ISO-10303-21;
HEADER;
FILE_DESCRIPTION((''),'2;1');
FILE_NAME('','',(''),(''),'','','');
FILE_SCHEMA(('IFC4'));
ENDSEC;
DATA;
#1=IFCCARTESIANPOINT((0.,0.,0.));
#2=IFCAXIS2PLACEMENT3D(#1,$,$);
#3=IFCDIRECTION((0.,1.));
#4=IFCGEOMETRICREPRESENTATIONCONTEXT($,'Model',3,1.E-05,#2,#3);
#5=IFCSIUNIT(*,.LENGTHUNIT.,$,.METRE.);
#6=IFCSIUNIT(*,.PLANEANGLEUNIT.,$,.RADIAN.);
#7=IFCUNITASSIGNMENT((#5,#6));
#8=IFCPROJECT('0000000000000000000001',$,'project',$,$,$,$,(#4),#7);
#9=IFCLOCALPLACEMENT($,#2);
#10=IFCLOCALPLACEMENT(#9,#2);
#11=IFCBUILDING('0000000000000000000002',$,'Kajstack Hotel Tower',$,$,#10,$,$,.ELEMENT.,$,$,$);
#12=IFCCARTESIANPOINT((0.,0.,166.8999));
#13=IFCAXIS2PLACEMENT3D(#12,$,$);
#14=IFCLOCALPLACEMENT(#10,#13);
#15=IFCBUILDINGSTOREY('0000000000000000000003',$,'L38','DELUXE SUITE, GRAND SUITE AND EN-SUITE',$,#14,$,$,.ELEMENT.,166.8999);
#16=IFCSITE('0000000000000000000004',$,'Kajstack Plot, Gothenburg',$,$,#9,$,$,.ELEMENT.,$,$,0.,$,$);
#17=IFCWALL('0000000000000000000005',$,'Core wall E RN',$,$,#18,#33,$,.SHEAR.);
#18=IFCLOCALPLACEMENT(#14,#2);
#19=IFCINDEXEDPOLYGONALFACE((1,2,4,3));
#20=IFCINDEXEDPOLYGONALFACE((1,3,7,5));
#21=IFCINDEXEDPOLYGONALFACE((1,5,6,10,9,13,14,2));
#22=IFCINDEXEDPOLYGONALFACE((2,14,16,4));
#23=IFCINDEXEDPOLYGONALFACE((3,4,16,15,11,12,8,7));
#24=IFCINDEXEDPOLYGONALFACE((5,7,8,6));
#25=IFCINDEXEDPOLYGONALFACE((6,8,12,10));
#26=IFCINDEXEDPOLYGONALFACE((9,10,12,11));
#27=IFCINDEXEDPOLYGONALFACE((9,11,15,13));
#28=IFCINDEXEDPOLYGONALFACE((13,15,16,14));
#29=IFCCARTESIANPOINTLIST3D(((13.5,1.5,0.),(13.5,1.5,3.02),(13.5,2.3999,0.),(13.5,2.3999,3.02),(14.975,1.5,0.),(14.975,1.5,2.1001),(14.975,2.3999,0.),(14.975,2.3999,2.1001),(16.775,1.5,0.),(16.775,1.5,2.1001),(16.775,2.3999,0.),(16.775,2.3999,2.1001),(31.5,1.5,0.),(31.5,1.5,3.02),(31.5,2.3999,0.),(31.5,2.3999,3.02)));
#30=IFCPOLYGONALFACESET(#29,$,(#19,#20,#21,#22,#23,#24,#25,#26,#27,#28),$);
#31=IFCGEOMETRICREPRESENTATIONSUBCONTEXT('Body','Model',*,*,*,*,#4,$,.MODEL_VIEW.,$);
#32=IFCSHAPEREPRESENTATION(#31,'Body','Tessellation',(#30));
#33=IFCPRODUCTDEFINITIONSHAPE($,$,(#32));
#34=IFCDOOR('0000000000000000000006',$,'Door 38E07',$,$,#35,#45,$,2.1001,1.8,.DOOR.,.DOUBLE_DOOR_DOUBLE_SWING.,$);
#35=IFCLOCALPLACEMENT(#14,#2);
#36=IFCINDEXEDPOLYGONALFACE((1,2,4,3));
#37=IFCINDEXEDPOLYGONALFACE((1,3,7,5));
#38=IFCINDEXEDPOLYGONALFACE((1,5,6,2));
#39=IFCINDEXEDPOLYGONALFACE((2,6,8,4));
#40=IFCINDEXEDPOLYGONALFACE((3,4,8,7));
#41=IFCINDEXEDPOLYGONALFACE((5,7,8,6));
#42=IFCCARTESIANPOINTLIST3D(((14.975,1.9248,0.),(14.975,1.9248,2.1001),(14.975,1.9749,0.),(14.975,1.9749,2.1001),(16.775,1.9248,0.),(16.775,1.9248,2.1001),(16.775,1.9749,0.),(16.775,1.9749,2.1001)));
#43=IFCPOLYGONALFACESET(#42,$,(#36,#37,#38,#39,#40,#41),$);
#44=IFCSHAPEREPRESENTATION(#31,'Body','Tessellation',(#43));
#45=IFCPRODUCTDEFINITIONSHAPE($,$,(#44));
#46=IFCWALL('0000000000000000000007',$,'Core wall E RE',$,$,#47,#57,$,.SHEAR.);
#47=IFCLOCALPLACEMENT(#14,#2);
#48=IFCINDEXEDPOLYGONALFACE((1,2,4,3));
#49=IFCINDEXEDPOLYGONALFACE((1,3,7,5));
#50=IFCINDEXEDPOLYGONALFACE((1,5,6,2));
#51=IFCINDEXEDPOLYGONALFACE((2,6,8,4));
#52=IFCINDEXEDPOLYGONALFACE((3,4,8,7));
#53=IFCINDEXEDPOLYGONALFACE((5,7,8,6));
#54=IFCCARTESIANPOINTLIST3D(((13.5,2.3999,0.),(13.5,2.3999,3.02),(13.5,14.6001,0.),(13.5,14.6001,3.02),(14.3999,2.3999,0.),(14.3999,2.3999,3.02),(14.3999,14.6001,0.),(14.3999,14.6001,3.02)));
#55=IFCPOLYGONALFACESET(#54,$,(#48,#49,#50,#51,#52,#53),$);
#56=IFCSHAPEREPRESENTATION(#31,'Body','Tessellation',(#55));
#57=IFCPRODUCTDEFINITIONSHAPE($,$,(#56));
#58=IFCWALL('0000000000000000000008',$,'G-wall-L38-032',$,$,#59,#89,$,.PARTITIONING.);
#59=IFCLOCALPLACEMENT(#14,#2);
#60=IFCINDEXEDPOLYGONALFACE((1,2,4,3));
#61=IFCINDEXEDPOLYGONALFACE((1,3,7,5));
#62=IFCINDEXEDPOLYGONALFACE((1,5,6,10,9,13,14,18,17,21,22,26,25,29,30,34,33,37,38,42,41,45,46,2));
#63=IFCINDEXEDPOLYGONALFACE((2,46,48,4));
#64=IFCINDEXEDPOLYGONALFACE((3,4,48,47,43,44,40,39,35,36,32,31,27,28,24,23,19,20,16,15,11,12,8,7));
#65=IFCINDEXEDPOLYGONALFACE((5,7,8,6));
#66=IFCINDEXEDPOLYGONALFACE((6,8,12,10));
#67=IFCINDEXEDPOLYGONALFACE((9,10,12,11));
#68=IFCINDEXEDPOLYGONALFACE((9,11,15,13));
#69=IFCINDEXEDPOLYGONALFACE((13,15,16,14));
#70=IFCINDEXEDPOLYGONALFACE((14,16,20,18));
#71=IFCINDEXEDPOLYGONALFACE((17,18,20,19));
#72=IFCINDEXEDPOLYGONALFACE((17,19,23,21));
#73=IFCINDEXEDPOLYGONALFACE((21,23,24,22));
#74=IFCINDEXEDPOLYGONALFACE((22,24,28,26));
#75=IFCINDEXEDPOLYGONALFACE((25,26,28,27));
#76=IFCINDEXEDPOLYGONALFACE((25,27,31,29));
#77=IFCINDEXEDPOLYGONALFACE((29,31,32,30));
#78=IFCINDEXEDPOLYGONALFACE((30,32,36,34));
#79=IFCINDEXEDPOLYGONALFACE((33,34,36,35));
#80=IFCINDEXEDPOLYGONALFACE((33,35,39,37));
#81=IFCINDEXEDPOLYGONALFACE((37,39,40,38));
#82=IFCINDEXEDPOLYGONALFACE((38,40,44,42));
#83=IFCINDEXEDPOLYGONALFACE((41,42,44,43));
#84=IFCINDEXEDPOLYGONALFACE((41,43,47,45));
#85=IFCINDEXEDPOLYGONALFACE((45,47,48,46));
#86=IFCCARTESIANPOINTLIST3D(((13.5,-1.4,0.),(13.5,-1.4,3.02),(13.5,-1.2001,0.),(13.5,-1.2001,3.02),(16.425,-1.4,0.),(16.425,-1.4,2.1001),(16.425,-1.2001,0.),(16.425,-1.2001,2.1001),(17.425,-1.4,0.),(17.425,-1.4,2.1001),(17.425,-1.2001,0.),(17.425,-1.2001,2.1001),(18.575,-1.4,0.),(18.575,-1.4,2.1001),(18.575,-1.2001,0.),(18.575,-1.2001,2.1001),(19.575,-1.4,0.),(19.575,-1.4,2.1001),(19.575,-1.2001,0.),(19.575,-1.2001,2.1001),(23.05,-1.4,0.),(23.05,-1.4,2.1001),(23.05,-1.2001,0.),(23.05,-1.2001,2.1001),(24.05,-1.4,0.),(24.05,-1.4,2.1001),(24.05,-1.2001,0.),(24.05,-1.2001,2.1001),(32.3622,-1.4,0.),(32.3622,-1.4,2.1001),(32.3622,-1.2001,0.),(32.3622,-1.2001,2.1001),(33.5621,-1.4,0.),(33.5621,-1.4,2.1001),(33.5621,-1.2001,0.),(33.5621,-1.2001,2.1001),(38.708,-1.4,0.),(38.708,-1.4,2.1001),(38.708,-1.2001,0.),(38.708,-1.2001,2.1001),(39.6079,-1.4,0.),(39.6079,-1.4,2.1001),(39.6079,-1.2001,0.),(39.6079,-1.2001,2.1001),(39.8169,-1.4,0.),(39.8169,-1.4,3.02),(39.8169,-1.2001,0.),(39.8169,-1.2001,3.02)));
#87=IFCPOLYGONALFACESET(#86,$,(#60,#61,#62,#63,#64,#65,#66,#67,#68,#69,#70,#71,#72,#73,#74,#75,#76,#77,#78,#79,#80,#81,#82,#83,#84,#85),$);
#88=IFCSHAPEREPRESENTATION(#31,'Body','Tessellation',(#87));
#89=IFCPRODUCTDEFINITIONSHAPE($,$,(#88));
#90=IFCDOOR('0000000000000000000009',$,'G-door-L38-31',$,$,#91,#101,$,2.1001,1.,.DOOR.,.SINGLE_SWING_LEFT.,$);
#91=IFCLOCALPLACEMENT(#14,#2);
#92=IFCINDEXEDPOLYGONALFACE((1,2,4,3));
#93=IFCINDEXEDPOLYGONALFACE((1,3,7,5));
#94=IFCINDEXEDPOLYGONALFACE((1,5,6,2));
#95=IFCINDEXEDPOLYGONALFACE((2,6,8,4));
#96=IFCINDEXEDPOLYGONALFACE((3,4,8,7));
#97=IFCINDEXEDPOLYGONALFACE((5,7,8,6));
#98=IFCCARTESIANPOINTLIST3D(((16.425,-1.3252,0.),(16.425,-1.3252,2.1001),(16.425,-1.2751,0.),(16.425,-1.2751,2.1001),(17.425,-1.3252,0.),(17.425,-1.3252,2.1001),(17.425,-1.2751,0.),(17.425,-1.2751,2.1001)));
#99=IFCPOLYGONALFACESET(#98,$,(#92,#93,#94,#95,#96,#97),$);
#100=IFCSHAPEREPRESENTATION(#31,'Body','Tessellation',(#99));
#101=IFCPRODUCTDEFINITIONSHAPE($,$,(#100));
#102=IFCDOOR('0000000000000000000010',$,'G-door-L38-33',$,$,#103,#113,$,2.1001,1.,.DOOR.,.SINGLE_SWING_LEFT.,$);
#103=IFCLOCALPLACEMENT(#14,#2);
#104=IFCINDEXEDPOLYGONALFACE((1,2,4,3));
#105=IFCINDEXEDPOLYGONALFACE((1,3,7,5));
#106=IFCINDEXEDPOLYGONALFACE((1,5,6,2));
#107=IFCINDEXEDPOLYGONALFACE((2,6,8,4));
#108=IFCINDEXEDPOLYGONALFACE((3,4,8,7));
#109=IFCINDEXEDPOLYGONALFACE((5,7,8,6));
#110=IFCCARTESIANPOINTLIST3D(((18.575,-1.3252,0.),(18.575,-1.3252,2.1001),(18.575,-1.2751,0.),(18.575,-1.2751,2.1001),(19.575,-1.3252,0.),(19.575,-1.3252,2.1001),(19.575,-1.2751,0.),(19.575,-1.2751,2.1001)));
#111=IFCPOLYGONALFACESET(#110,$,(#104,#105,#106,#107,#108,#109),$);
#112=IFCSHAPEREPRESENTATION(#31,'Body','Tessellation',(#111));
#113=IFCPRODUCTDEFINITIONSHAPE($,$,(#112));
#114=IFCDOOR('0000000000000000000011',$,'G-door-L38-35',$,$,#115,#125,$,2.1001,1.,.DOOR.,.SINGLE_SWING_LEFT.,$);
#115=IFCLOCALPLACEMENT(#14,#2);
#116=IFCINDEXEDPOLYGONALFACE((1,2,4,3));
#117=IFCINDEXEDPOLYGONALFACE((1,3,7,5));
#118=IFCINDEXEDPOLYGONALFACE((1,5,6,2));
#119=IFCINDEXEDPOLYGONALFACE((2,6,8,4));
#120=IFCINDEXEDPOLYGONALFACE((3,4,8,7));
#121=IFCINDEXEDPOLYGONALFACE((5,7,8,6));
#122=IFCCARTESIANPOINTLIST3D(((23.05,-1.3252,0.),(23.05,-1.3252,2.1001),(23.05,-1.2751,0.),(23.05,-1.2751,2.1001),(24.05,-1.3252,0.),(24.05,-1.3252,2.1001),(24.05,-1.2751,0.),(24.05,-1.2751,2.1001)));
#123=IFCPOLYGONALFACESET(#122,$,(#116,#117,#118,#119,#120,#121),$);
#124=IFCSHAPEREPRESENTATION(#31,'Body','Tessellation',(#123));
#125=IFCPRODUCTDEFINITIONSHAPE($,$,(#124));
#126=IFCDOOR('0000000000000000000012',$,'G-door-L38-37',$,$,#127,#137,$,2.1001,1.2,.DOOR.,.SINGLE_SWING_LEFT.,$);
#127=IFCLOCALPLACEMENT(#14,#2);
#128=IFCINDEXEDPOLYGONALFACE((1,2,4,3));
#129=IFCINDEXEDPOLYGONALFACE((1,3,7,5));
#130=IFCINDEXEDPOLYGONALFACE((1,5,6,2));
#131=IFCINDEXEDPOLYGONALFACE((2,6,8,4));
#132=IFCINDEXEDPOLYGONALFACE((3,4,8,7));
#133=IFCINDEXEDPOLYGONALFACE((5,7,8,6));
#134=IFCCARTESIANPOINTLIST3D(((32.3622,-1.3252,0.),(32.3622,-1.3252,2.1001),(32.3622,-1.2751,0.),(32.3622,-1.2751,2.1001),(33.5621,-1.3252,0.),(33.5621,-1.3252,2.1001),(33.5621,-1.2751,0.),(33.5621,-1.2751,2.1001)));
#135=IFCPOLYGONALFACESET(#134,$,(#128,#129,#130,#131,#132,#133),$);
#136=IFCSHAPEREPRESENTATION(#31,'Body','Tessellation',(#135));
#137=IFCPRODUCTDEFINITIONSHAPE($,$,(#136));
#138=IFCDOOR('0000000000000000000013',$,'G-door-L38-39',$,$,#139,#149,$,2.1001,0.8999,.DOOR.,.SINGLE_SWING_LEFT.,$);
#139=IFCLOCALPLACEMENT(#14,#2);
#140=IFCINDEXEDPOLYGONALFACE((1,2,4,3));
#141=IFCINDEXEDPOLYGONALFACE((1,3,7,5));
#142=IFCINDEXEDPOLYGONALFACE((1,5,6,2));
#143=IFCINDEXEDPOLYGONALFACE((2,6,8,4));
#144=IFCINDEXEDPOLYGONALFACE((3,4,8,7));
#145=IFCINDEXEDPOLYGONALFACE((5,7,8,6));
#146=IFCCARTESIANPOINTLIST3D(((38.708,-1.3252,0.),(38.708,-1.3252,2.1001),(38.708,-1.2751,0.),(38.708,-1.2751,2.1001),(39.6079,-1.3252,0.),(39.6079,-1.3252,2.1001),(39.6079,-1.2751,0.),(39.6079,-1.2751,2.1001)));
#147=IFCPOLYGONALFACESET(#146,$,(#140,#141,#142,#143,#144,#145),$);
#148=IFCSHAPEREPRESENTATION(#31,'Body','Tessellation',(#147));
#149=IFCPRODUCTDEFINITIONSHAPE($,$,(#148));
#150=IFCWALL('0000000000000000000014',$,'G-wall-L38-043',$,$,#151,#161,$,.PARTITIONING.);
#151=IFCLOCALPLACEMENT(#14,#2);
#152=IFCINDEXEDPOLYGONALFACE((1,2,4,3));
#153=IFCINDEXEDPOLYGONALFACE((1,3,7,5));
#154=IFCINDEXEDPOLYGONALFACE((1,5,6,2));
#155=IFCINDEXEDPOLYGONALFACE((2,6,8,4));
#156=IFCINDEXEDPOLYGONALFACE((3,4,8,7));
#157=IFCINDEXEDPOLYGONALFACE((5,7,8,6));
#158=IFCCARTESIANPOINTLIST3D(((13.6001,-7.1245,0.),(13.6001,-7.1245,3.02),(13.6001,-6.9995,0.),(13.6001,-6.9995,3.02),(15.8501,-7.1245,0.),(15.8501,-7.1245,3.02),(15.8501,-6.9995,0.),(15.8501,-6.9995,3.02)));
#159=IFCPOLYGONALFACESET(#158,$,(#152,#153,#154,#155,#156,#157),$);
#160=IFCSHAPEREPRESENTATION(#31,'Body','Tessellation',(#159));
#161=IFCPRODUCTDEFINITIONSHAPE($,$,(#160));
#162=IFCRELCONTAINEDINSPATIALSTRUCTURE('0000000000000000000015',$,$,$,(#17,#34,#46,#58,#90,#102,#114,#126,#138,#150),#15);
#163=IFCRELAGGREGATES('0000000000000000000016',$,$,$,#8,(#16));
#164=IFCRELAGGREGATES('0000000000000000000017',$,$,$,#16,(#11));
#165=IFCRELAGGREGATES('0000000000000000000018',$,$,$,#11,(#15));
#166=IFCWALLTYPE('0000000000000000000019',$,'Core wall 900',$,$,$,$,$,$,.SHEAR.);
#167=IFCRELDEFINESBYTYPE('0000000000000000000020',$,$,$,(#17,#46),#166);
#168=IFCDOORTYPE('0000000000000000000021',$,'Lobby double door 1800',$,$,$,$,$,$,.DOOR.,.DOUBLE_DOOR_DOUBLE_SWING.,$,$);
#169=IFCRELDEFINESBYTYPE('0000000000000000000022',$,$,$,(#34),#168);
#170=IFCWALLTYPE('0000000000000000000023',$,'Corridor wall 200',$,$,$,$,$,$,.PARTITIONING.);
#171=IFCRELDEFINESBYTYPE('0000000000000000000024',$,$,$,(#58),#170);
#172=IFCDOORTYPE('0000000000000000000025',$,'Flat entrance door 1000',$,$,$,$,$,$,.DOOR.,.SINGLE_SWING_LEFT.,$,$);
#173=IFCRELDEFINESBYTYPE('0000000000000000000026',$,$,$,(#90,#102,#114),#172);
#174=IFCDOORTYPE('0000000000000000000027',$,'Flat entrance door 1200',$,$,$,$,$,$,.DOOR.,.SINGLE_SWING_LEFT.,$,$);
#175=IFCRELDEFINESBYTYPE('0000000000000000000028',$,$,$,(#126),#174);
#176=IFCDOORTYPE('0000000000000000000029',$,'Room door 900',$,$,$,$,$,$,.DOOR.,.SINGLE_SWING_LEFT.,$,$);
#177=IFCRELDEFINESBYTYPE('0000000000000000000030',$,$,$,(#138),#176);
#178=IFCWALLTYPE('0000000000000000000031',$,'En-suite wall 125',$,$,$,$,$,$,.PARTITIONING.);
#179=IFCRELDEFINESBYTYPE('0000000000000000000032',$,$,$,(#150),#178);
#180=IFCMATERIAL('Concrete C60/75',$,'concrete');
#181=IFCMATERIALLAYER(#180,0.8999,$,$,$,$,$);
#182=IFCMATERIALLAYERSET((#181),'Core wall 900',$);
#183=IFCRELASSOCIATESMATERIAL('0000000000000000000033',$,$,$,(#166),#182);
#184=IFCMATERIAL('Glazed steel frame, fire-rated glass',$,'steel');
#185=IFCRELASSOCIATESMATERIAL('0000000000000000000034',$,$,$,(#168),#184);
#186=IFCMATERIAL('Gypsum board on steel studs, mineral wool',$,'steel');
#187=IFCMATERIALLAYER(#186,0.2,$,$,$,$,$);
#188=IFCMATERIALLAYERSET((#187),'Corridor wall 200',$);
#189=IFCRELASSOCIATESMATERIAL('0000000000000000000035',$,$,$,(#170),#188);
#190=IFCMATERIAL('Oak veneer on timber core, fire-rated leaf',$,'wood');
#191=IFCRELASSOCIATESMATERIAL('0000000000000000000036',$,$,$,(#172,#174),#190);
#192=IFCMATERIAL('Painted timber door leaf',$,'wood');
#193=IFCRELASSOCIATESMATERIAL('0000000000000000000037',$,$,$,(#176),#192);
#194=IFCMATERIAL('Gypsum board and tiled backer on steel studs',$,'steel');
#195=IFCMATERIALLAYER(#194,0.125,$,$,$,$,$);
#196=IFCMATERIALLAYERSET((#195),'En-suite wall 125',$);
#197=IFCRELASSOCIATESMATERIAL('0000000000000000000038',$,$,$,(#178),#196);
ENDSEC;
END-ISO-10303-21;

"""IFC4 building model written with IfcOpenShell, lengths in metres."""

from ifc_helpers import new_model, si_unit, direction, frame, frame_2d, origin, place, context, subcontext, project, spatial, rectangle, extrude, material, layer, layer_set, type_object, element, fill, save


model = new_model("IFC4")

# Units and contexts
model_context = context("Model", 3, precision=1e-05, world=origin(), true_north=direction((0.0, 1.0)))
body_context = subcontext(model_context, "Body", "Model", "MODEL_VIEW")
ifc_project = project(units=[si_unit("LENGTHUNIT", "METRE"), si_unit("PLANEANGLEUNIT", "RADIAN")], contexts=[model_context])

# Site, building, storey
site_placement = place(None, origin())
site = spatial("IfcSite", under=ifc_project, at=site_placement, Name="Kajstack Plot, Gothenburg", CompositionType="ELEMENT", RefElevation=0.0)
building_placement = place(site_placement, origin())
building = spatial("IfcBuilding", under=site, at=building_placement, Name="Kajstack Hotel Tower", CompositionType="ELEMENT")
storey_placement = place(building_placement, frame((0.0, 0.0, 166.8999)))
storey = spatial("IfcBuildingStorey", under=building, at=storey_placement, Name="L38", Description="DELUXE SUITE, GRAND SUITE AND EN-SUITE", CompositionType="ELEMENT", Elevation=166.8999)

# Wall, opening, door
ifc_material_1 = material(Name="Concrete C60/75", Category="concrete")
ifc_layer_1 = layer(ifc_material_1, 0.8999)
ifc_layer_set_1 = layer_set([ifc_layer_1], Name="Core wall 900")
wall_type_1 = type_object("IfcWallType", Name="Core wall 900", PredefinedType="SHEAR", material=ifc_layer_set_1)
wall_1_placement = place(storey_placement, frame((13.5, 1.95, 0.0), z_axis=(0.0, 0.0, 1.0), x_axis=(1.0, 0.0, 0.0)))
wall_1 = element("IfcWall", 1, at=wall_1_placement, inside=storey, type_object=wall_type_1, Name="Core wall E RN", PredefinedType="SHEAR", context=body_context, shape_type="SweptSolid", body=[
    extrude(rectangle(XDim=18.0, YDim=0.8999, at=frame_2d((9.0, 0.0))), origin(), (0.0, 0.0, 1.0), 3.02),
])
opening_1_placement = place(wall_1_placement, frame((1.4751, 0.0, 0.0)))
opening_1 = element("IfcOpeningElement", 2, at=opening_1_placement, cuts=wall_1, PredefinedType="OPENING", context=body_context, shape_type="SweptSolid", body=[
    extrude(rectangle(XDim=1.8, YDim=2.1001, at=frame_2d((0.8999, 1.05))), frame((0.0, 0.46, 0.0), z_axis=(0.0, -1.0, 0.0), x_axis=(1.0, 0.0, 0.0)), (0.0, 0.0, 1.0), 0.9199),
])
ifc_material_2 = material(Name="Glazed steel frame, fire-rated glass", Category="steel")
door_type_1 = type_object("IfcDoorType", Name="Lobby double door 1800", OperationType="DOUBLE_DOOR_DOUBLE_SWING", PredefinedType="DOOR", material=ifc_material_2)
door_1_placement = place(opening_1_placement, origin())
door_1 = element("IfcDoor", 3, at=door_1_placement, inside=storey, type_object=door_type_1, Name="Door 38E07", OperationType="DOUBLE_DOOR_DOUBLE_SWING", OverallHeight=2.1001, OverallWidth=1.8, PredefinedType="DOOR", context=body_context, shape_type="SweptSolid", body=[
    extrude(rectangle(XDim=1.8, YDim=2.1001, at=frame_2d((0.8999, 1.05))), frame((0.0, 0.0249, 0.0), z_axis=(0.0, -1.0, 0.0), x_axis=(1.0, 0.0, 0.0)), (0.0, 0.0, 1.0), 0.05),
])
fill(opening_1, door_1)

# Wall
wall_2_placement = place(storey_placement, frame((13.95, 2.3999, 0.0), z_axis=(0.0, 0.0, 1.0), x_axis=(0.0, 1.0, 0.0)))
element("IfcWall", 4, at=wall_2_placement, inside=storey, type_object=wall_type_1, Name="Core wall E RE", PredefinedType="SHEAR", context=body_context, shape_type="SweptSolid", body=[
    extrude(rectangle(XDim=12.2002, YDim=0.8999, at=frame_2d((6.1001, 0.0))), origin(), (0.0, 0.0, 1.0), 3.02),
])

# Wall, openings, doors
ifc_material_3 = material(Name="Gypsum board on steel studs, mineral wool", Category="steel")
ifc_layer_2 = layer(ifc_material_3, 0.2)
ifc_layer_set_2 = layer_set([ifc_layer_2], Name="Corridor wall 200")
wall_type_2 = type_object("IfcWallType", Name="Corridor wall 200", PredefinedType="PARTITIONING", material=ifc_layer_set_2)
wall_3_placement = place(storey_placement, frame((13.5, -1.3, 0.0), z_axis=(0.0, 0.0, 1.0), x_axis=(1.0, 0.0, 0.0)))
wall_3 = element("IfcWall", 5, at=wall_3_placement, inside=storey, type_object=wall_type_2, Name="G-wall-L38-032", PredefinedType="PARTITIONING", context=body_context, shape_type="SweptSolid", body=[
    extrude(rectangle(XDim=26.3169, YDim=0.2, at=frame_2d((13.1584, 0.0))), origin(), (0.0, 0.0, 1.0), 3.02),
])
opening_2_placement = place(wall_3_placement, frame((2.925, 0.0, 0.0)))
opening_2 = element("IfcOpeningElement", 6, at=opening_2_placement, cuts=wall_3, PredefinedType="OPENING", context=body_context, shape_type="SweptSolid", body=[
    extrude(rectangle(XDim=1.0, YDim=2.1001, at=frame_2d((0.5, 1.05))), frame((0.0, 0.1099, 0.0), z_axis=(0.0, -1.0, 0.0), x_axis=(1.0, 0.0, 0.0)), (0.0, 0.0, 1.0), 0.22),
])
opening_3_placement = place(wall_3_placement, frame((5.075, 0.0, 0.0)))
opening_3 = element("IfcOpeningElement", 7, at=opening_3_placement, cuts=wall_3, PredefinedType="OPENING", context=body_context, shape_type="SweptSolid", body=[
    extrude(rectangle(XDim=1.0, YDim=2.1001, at=frame_2d((0.5, 1.05))), frame((0.0, 0.1099, 0.0), z_axis=(0.0, -1.0, 0.0), x_axis=(1.0, 0.0, 0.0)), (0.0, 0.0, 1.0), 0.22),
])
opening_4_placement = place(wall_3_placement, frame((9.55, 0.0, 0.0)))
opening_4 = element("IfcOpeningElement", 8, at=opening_4_placement, cuts=wall_3, PredefinedType="OPENING", context=body_context, shape_type="SweptSolid", body=[
    extrude(rectangle(XDim=1.0, YDim=2.1001, at=frame_2d((0.5, 1.05))), frame((0.0, 0.1099, 0.0), z_axis=(0.0, -1.0, 0.0), x_axis=(1.0, 0.0, 0.0)), (0.0, 0.0, 1.0), 0.22),
])
opening_5_placement = place(wall_3_placement, frame((18.8621, 0.0, 0.0)))
opening_5 = element("IfcOpeningElement", 9, at=opening_5_placement, cuts=wall_3, PredefinedType="OPENING", context=body_context, shape_type="SweptSolid", body=[
    extrude(rectangle(XDim=1.2, YDim=2.1001, at=frame_2d((0.6001, 1.05))), frame((0.0, 0.1099, 0.0), z_axis=(0.0, -1.0, 0.0), x_axis=(1.0, 0.0, 0.0)), (0.0, 0.0, 1.0), 0.22),
])
opening_6_placement = place(wall_3_placement, frame((25.208, 0.0, 0.0)))
opening_6 = element("IfcOpeningElement", 10, at=opening_6_placement, cuts=wall_3, PredefinedType="OPENING", context=body_context, shape_type="SweptSolid", body=[
    extrude(rectangle(XDim=0.8999, YDim=2.1001, at=frame_2d((0.45, 1.05))), frame((0.0, 0.1099, 0.0), z_axis=(0.0, -1.0, 0.0), x_axis=(1.0, 0.0, 0.0)), (0.0, 0.0, 1.0), 0.22),
])
ifc_material_4 = material(Name="Oak veneer on timber core, fire-rated leaf", Category="wood")
door_type_2 = type_object("IfcDoorType", Name="Flat entrance door 1000", OperationType="SINGLE_SWING_LEFT", PredefinedType="DOOR", material=ifc_material_4)
door_2_placement = place(opening_2_placement, origin())
door_2 = element("IfcDoor", 11, at=door_2_placement, inside=storey, type_object=door_type_2, Name="G-door-L38-31", OperationType="SINGLE_SWING_LEFT", OverallHeight=2.1001, OverallWidth=1.0, PredefinedType="DOOR", context=body_context, shape_type="SweptSolid", body=[
    extrude(rectangle(XDim=1.0, YDim=2.1001, at=frame_2d((0.5, 1.05))), frame((0.0, 0.0249, 0.0), z_axis=(0.0, -1.0, 0.0), x_axis=(1.0, 0.0, 0.0)), (0.0, 0.0, 1.0), 0.05),
])
fill(opening_2, door_2)
door_3_placement = place(opening_3_placement, origin())
door_3 = element("IfcDoor", 12, at=door_3_placement, inside=storey, type_object=door_type_2, Name="G-door-L38-33", OperationType="SINGLE_SWING_LEFT", OverallHeight=2.1001, OverallWidth=1.0, PredefinedType="DOOR", context=body_context, shape_type="SweptSolid", body=[
    extrude(rectangle(XDim=1.0, YDim=2.1001, at=frame_2d((0.5, 1.05))), frame((0.0, 0.0249, 0.0), z_axis=(0.0, -1.0, 0.0), x_axis=(1.0, 0.0, 0.0)), (0.0, 0.0, 1.0), 0.05),
])
fill(opening_3, door_3)
door_4_placement = place(opening_4_placement, origin())
door_4 = element("IfcDoor", 13, at=door_4_placement, inside=storey, type_object=door_type_2, Name="G-door-L38-35", OperationType="SINGLE_SWING_LEFT", OverallHeight=2.1001, OverallWidth=1.0, PredefinedType="DOOR", context=body_context, shape_type="SweptSolid", body=[
    extrude(rectangle(XDim=1.0, YDim=2.1001, at=frame_2d((0.5, 1.05))), frame((0.0, 0.0249, 0.0), z_axis=(0.0, -1.0, 0.0), x_axis=(1.0, 0.0, 0.0)), (0.0, 0.0, 1.0), 0.05),
])
fill(opening_4, door_4)
door_type_3 = type_object("IfcDoorType", Name="Flat entrance door 1200", OperationType="SINGLE_SWING_LEFT", PredefinedType="DOOR", material=ifc_material_4)
door_5_placement = place(opening_5_placement, origin())
door_5 = element("IfcDoor", 14, at=door_5_placement, inside=storey, type_object=door_type_3, Name="G-door-L38-37", OperationType="SINGLE_SWING_LEFT", OverallHeight=2.1001, OverallWidth=1.2, PredefinedType="DOOR", context=body_context, shape_type="SweptSolid", body=[
    extrude(rectangle(XDim=1.2, YDim=2.1001, at=frame_2d((0.6001, 1.05))), frame((0.0, 0.0249, 0.0), z_axis=(0.0, -1.0, 0.0), x_axis=(1.0, 0.0, 0.0)), (0.0, 0.0, 1.0), 0.05),
])
fill(opening_5, door_5)
ifc_material_5 = material(Name="Painted timber door leaf", Category="wood")
door_type_4 = type_object("IfcDoorType", Name="Room door 900", OperationType="SINGLE_SWING_LEFT", PredefinedType="DOOR", material=ifc_material_5)
door_6_placement = place(opening_6_placement, origin())
door_6 = element("IfcDoor", 15, at=door_6_placement, inside=storey, type_object=door_type_4, Name="G-door-L38-39", OperationType="SINGLE_SWING_LEFT", OverallHeight=2.1001, OverallWidth=0.8999, PredefinedType="DOOR", context=body_context, shape_type="SweptSolid", body=[
    extrude(rectangle(XDim=0.8999, YDim=2.1001, at=frame_2d((0.45, 1.05))), frame((0.0, 0.0249, 0.0), z_axis=(0.0, -1.0, 0.0), x_axis=(1.0, 0.0, 0.0)), (0.0, 0.0, 1.0), 0.05),
])
fill(opening_6, door_6)

# Wall
ifc_material_6 = material(Name="Gypsum board and tiled backer on steel studs", Category="steel")
ifc_layer_3 = layer(ifc_material_6, 0.125)
ifc_layer_set_3 = layer_set([ifc_layer_3], Name="En-suite wall 125")
wall_type_3 = type_object("IfcWallType", Name="En-suite wall 125", PredefinedType="PARTITIONING", material=ifc_layer_set_3)
wall_4_placement = place(storey_placement, frame((13.6001, -7.062, 0.0), z_axis=(0.0, 0.0, 1.0), x_axis=(1.0, 0.0, 0.0)))
element("IfcWall", 16, at=wall_4_placement, inside=storey, type_object=wall_type_3, Name="G-wall-L38-043", PredefinedType="PARTITIONING", context=body_context, shape_type="SweptSolid", body=[
    extrude(rectangle(XDim=2.25, YDim=0.125, at=frame_2d((1.125, 0.0))), origin(), (0.0, 0.0, 1.0), 3.02),
])

save(model, "model.ifc")
